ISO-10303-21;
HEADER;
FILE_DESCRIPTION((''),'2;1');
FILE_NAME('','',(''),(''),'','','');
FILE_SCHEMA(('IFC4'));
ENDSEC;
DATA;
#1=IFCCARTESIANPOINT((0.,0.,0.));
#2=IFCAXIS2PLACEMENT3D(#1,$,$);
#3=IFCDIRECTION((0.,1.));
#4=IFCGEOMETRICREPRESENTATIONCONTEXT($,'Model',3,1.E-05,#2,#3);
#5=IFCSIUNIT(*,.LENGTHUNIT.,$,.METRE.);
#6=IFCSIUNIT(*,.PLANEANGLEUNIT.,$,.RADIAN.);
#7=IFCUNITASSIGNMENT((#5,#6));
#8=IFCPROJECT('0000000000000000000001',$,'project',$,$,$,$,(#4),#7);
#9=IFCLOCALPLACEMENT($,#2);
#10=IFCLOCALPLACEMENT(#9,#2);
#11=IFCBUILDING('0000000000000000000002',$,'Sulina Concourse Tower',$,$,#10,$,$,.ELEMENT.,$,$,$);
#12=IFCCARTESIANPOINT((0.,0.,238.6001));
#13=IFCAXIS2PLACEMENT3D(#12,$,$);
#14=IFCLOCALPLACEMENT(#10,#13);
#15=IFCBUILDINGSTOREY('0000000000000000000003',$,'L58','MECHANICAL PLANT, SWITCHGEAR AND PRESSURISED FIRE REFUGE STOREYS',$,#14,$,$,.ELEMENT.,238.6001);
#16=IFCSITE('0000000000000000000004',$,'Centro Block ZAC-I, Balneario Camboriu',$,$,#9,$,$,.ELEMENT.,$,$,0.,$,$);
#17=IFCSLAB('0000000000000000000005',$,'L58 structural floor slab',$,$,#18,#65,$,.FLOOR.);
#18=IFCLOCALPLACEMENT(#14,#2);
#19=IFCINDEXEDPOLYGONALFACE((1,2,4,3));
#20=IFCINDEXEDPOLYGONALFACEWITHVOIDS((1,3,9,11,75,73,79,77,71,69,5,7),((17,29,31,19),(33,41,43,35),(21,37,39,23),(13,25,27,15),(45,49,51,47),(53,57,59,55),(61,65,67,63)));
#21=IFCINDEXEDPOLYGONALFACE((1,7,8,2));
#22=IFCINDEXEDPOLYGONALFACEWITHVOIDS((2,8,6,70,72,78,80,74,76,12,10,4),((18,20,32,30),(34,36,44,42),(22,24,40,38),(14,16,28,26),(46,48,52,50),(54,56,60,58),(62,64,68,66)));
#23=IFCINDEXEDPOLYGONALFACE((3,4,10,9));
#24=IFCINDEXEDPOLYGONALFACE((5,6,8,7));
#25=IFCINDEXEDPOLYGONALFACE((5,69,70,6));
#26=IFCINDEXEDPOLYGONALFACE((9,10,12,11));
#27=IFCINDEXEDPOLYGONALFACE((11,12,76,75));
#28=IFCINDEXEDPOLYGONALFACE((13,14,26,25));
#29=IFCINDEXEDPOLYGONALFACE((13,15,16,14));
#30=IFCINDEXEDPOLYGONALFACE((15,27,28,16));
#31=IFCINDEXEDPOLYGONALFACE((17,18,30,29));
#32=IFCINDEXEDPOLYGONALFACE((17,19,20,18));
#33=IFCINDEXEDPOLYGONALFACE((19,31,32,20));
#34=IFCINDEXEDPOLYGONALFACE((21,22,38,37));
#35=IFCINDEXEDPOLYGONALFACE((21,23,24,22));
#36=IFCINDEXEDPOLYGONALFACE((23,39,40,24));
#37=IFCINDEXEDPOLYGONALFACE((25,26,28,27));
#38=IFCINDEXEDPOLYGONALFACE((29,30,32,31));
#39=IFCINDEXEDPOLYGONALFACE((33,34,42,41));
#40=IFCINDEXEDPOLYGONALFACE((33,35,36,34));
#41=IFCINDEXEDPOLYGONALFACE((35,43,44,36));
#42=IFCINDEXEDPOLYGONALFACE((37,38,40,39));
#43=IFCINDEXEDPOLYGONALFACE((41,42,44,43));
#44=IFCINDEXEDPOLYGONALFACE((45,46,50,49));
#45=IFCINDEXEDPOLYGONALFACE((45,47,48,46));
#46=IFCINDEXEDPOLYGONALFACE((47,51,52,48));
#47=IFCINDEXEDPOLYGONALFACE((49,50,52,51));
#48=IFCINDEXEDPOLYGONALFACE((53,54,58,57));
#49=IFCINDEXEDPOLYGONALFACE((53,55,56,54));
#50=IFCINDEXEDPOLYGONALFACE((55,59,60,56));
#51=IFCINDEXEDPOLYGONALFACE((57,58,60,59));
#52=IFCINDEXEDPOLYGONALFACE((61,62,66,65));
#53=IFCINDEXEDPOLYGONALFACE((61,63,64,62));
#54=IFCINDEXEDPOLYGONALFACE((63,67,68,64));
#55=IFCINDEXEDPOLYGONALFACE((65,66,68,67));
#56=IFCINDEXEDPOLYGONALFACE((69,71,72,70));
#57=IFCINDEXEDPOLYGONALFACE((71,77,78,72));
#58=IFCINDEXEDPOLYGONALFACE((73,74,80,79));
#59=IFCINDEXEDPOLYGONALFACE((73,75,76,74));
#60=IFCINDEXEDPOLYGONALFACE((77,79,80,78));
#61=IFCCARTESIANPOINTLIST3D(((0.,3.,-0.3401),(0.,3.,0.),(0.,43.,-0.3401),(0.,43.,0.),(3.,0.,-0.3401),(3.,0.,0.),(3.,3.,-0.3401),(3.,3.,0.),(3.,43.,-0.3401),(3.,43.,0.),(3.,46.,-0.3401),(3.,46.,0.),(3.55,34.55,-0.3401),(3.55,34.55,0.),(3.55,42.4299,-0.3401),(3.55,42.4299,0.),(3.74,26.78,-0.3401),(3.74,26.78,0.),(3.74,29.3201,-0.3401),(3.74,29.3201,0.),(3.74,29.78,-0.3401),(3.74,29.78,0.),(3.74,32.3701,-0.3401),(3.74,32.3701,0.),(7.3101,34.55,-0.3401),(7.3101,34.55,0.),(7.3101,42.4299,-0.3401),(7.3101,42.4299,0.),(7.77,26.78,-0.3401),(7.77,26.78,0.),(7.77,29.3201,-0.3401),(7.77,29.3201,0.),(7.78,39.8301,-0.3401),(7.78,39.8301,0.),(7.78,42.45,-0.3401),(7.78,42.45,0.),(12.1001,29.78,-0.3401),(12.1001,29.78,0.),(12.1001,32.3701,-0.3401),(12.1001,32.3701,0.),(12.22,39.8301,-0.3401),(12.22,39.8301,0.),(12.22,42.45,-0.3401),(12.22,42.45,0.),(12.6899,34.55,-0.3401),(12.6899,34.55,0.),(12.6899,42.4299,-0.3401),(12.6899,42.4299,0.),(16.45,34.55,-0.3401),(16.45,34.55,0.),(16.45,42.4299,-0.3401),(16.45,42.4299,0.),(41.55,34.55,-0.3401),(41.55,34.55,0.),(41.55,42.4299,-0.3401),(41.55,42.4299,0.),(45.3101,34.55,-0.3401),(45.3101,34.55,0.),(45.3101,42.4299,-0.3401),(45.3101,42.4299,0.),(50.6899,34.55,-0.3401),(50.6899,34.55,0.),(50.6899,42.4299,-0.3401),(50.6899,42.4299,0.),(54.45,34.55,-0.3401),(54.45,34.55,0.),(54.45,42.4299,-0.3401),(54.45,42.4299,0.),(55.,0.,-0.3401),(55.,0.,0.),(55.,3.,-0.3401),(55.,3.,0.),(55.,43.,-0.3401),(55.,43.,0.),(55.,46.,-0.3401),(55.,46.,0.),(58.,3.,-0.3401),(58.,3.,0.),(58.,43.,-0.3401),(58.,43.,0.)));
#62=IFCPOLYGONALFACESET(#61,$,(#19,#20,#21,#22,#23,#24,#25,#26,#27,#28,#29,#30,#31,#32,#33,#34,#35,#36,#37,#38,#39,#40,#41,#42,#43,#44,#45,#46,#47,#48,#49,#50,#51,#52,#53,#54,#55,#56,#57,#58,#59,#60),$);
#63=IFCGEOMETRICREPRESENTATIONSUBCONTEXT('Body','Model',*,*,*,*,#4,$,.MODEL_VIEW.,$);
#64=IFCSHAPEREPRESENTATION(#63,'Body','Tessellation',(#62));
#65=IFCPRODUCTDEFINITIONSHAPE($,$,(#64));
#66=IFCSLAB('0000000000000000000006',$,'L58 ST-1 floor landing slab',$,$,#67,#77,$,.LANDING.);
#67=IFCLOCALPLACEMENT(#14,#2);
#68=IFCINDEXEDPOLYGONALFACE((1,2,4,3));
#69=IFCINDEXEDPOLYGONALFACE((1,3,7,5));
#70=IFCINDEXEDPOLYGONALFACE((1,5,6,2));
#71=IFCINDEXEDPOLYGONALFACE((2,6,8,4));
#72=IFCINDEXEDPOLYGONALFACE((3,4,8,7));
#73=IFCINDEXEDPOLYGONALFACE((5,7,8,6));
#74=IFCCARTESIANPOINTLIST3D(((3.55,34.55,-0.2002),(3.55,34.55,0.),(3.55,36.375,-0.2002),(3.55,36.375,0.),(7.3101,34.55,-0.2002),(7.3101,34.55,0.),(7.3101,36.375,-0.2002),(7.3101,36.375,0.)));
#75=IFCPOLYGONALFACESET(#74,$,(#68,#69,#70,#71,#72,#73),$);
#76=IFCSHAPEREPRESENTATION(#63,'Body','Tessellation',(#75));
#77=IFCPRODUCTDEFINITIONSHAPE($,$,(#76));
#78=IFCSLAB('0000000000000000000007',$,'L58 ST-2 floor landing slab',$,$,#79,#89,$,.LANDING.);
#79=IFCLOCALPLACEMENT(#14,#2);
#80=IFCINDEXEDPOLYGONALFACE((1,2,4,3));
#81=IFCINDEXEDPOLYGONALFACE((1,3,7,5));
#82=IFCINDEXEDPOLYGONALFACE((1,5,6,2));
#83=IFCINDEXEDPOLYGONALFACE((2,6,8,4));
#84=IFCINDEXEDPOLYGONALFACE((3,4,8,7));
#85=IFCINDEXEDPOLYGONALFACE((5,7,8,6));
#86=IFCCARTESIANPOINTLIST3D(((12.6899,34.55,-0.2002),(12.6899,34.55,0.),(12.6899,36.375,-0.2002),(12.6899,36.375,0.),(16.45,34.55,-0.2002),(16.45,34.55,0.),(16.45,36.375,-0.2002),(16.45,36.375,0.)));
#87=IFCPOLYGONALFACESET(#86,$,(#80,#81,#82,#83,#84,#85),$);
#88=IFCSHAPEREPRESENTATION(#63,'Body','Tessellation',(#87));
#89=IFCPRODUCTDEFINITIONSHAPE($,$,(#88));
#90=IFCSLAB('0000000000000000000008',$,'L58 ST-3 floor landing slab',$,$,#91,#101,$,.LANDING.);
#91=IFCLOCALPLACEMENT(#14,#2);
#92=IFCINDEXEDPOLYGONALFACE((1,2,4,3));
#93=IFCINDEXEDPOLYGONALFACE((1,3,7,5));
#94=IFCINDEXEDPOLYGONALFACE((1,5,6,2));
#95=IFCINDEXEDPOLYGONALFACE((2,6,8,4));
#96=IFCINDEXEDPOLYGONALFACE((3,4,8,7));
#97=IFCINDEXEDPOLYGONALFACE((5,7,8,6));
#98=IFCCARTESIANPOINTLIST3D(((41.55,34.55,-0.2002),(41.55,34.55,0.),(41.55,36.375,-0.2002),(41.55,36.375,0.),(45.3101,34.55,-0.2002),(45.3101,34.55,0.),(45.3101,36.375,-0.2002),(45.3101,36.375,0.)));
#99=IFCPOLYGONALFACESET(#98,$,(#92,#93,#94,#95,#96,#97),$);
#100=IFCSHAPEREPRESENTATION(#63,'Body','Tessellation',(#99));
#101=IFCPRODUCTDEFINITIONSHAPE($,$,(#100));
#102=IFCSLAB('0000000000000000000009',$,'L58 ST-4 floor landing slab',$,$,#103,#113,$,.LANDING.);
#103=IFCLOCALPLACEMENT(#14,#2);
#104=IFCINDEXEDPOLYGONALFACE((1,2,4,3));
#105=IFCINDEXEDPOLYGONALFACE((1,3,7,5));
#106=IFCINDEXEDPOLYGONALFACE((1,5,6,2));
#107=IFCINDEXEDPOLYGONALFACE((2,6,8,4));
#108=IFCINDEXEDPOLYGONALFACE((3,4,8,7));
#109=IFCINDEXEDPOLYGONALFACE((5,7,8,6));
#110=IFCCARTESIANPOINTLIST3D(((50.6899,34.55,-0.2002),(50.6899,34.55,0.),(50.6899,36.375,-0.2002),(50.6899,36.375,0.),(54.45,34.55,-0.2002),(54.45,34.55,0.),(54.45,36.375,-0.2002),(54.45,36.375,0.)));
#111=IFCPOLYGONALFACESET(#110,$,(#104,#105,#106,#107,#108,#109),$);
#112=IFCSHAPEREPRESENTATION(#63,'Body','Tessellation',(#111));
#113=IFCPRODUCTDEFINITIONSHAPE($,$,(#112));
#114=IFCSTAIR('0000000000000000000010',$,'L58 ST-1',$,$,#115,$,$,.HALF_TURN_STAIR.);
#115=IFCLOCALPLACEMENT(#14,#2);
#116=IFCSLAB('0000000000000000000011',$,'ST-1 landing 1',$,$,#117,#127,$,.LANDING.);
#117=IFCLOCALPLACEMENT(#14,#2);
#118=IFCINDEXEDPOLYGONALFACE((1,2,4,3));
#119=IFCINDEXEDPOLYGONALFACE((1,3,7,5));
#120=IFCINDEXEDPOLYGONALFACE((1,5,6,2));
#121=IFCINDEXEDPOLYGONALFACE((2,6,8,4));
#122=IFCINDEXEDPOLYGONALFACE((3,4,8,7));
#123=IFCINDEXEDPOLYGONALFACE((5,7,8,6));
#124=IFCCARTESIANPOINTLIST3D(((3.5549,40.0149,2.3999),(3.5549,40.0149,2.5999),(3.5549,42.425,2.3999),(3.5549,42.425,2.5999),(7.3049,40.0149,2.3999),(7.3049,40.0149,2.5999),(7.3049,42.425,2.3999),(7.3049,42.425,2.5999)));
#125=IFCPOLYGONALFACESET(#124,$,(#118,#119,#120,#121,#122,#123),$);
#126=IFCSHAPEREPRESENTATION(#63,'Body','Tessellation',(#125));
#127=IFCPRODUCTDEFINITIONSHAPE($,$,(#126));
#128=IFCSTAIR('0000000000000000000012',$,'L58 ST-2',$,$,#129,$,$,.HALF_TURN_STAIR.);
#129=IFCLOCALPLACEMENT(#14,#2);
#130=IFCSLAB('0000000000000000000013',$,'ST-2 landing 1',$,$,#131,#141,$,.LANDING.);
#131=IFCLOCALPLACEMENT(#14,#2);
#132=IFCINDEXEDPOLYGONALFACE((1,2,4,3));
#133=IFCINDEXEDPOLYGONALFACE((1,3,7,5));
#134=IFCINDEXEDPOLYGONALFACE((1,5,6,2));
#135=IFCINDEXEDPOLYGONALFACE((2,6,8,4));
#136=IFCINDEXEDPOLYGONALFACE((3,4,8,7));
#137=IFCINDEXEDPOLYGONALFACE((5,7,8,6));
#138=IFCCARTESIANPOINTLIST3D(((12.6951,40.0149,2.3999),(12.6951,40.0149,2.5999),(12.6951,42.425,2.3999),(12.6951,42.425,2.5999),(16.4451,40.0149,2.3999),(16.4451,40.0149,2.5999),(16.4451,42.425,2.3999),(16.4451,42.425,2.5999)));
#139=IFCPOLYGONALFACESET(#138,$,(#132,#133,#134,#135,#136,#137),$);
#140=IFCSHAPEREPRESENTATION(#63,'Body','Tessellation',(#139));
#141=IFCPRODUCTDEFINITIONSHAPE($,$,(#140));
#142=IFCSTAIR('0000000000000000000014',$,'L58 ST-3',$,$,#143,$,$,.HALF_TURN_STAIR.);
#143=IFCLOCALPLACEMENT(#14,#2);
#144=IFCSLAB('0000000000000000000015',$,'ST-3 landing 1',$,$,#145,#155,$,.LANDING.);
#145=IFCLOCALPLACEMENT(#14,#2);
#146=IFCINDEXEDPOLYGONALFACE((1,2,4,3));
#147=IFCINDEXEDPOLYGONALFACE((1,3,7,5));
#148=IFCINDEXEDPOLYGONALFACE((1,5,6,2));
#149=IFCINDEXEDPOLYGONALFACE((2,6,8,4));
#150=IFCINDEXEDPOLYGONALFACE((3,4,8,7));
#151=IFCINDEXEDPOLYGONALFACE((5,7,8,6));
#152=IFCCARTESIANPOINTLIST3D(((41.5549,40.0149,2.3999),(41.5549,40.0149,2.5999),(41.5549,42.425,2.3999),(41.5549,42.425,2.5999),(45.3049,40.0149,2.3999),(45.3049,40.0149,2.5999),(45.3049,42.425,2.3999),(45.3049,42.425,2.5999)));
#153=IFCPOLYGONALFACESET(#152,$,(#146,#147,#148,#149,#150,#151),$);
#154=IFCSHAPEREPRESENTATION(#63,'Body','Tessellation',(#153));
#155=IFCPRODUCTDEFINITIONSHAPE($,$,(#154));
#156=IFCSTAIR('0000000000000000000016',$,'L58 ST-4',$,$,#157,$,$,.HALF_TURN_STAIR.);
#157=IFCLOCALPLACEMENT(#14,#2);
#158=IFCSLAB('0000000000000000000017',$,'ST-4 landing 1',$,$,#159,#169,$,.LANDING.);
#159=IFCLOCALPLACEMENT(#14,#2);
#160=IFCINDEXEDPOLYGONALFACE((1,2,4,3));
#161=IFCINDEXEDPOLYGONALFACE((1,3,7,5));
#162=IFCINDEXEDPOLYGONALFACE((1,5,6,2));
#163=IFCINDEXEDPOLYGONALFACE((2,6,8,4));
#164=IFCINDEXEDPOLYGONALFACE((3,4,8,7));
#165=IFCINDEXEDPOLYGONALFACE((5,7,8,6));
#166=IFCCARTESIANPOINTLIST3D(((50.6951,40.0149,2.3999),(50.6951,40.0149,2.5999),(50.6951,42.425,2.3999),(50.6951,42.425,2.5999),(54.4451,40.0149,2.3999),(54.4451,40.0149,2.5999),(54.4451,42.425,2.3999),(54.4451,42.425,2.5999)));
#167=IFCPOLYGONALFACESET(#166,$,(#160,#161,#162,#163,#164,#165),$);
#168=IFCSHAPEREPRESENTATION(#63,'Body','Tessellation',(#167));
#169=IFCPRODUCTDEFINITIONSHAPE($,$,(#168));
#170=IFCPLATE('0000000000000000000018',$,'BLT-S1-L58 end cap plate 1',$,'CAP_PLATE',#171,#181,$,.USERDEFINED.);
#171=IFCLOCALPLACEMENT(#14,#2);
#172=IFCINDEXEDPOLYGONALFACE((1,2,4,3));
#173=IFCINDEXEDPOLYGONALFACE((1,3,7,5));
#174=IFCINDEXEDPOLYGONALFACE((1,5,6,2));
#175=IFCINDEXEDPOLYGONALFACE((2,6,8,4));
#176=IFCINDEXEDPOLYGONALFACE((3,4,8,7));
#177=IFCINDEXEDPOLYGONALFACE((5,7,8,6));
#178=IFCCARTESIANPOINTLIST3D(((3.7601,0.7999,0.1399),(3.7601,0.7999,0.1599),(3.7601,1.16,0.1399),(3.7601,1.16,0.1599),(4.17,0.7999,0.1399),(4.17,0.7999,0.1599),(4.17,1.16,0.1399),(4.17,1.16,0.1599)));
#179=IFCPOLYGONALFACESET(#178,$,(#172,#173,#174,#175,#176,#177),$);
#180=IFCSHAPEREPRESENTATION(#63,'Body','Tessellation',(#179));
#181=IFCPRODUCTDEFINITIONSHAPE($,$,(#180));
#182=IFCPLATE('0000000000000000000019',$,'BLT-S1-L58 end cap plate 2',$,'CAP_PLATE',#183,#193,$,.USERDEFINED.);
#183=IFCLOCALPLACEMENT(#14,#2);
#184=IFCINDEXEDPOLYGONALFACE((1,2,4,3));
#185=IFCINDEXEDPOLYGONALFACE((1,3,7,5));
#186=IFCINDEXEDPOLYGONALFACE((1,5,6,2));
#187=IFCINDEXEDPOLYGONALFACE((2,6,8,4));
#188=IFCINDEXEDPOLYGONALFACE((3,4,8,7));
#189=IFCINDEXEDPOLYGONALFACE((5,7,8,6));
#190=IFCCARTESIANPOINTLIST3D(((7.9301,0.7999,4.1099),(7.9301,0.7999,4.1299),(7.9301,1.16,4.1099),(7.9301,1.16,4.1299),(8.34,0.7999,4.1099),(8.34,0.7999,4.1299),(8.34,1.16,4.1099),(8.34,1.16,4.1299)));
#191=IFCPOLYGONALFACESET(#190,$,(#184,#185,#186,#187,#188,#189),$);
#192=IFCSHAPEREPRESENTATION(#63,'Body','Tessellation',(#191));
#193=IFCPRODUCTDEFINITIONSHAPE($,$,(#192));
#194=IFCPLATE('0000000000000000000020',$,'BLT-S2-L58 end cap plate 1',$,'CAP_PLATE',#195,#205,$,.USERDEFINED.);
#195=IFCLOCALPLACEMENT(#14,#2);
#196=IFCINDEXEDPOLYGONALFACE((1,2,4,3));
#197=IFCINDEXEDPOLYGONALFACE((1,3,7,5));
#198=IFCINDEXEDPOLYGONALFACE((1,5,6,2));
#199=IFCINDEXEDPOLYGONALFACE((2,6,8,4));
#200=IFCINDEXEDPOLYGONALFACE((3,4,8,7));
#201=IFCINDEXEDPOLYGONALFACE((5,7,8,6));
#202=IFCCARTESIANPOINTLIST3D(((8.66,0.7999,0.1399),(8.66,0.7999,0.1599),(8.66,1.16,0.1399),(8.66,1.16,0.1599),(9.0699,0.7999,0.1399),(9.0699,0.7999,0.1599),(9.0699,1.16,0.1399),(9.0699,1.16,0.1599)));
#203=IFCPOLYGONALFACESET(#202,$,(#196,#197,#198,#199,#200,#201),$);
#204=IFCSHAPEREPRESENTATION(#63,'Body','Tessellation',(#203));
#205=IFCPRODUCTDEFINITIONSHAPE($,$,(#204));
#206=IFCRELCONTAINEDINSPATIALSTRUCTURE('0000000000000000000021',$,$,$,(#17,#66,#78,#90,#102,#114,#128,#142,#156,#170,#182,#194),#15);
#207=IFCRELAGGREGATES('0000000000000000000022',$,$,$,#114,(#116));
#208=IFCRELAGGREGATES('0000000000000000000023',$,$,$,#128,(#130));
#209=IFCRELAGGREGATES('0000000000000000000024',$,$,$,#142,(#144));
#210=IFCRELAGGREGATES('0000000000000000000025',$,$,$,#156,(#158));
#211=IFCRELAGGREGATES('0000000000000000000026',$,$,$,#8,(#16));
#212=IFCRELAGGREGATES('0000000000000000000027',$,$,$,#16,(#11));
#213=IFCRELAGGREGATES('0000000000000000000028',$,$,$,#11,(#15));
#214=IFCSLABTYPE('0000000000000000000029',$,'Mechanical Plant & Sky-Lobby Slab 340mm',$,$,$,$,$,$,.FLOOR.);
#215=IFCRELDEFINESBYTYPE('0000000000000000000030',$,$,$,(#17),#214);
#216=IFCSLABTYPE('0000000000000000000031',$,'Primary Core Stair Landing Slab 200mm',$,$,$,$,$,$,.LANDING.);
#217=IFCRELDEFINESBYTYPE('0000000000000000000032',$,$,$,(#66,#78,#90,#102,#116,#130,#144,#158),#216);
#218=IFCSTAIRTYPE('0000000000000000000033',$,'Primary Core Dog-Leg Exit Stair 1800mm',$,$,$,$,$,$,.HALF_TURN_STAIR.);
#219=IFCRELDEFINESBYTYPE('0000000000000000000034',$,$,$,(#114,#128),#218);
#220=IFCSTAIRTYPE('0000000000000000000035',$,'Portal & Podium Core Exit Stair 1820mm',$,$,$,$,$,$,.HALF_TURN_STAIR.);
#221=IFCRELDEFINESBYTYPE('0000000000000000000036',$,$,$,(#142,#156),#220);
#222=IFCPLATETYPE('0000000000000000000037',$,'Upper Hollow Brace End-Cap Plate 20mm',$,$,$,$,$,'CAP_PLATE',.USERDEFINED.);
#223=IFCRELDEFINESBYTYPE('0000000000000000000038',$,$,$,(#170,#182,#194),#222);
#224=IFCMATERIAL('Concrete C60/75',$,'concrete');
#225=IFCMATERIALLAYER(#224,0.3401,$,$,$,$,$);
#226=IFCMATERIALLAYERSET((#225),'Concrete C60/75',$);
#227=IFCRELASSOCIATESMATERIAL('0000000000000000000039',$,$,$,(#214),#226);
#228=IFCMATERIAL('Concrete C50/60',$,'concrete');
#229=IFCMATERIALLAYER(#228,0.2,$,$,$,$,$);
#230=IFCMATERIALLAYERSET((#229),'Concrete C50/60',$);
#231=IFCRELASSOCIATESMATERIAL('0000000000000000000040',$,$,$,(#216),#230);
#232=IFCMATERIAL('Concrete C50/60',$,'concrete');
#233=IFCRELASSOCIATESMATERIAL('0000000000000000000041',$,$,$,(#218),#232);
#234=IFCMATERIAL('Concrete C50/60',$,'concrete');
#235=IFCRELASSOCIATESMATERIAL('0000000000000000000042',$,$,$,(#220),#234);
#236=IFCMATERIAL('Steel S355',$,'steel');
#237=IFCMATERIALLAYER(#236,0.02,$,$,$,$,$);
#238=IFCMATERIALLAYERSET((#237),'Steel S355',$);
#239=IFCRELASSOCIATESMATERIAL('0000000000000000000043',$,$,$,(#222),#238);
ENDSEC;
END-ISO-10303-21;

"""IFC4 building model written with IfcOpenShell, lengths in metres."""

from ifc_helpers import new_model, si_unit, direction, frame, origin, origin_2d, place, context, subcontext, project, spatial, polyline, rectangle, outline, extrude, material, layer, layer_set, type_object, element, aggregate, save


model = new_model("IFC4")

# Units and contexts
model_context = context("Model", 3, precision=1e-05, world=origin(), true_north=direction((0.0, 1.0)))
body_context = subcontext(model_context, "Body", "Model", "MODEL_VIEW")
ifc_project = project(units=[si_unit("LENGTHUNIT", "METRE"), si_unit("PLANEANGLEUNIT", "RADIAN")], contexts=[model_context])

# Site, building, storey
site_placement = place(None, origin())
site = spatial("IfcSite", under=ifc_project, at=site_placement, Name="Centro Block ZAC-I, Balneario Camboriu", CompositionType="ELEMENT", RefElevation=0.0)
building_placement = place(site_placement, origin())
building = spatial("IfcBuilding", under=site, at=building_placement, Name="Sulina Concourse Tower", CompositionType="ELEMENT")
storey_placement = place(building_placement, frame((0.0, 0.0, 238.6001)))
storey = spatial("IfcBuildingStorey", under=building, at=storey_placement, Name="L58", Description="MECHANICAL PLANT, SWITCHGEAR AND PRESSURISED FIRE REFUGE STOREYS", CompositionType="ELEMENT", Elevation=238.6001)

# Slabs
ifc_material_1 = material(Name="Concrete C60/75", Category="concrete")
ifc_layer_1 = layer(ifc_material_1, 0.3401)
ifc_layer_set_1 = layer_set([ifc_layer_1], Name="Concrete C60/75")
slab_type_1 = type_object("IfcSlabType", Name="Mechanical Plant & Sky-Lobby Slab 340mm", PredefinedType="FLOOR", material=ifc_layer_set_1)
slab_1_placement = place(storey_placement, frame((0.0, 0.0, -0.3401)))
element("IfcSlab", 1, at=slab_1_placement, inside=storey, type_object=slab_type_1, Name="L58 structural floor slab", PredefinedType="FLOOR", context=body_context, shape_type="SweptSolid", body=[
    extrude(outline(polyline([(3.0, 0.0), (55.0, 0.0), (55.0, 3.0), (58.0, 3.0), (58.0, 43.0), (55.0, 43.0), (55.0, 46.0), (3.0, 46.0), (3.0, 43.0), (0.0, 43.0), (0.0, 3.0), (3.0, 3.0), (3.0, 0.0)]), holes=[polyline([(7.3101, 34.55), (7.3101, 42.4299), (3.55, 42.4299), (3.55, 34.55), (7.3101, 34.55)]), polyline([(16.45, 34.55), (16.45, 42.4299), (12.6899, 42.4299), (12.6899, 34.55), (16.45, 34.55)]), polyline([(45.3101, 34.55), (45.3101, 42.4299), (41.55, 42.4299), (41.55, 34.55), (45.3101, 34.55)]), polyline([(54.45, 34.55), (54.45, 42.4299), (50.6899, 42.4299), (50.6899, 34.55), (54.45, 34.55)]), polyline([(7.78, 39.8301), (12.22, 39.8301), (12.22, 42.45), (7.78, 42.45), (7.78, 39.8301)]), polyline([(3.74, 26.78), (7.77, 26.78), (7.77, 29.3201), (3.74, 29.3201), (3.74, 26.78)]), polyline([(3.74, 29.78), (12.1001, 29.78), (12.1001, 32.3701), (3.74, 32.3701), (3.74, 29.78)])]), origin(), (0.0, 0.0, 1.0), 0.3401),
])
ifc_material_2 = material(Name="Concrete C50/60", Category="concrete")
ifc_layer_2 = layer(ifc_material_2, 0.2)
ifc_layer_set_2 = layer_set([ifc_layer_2], Name="Concrete C50/60")
slab_type_2 = type_object("IfcSlabType", Name="Primary Core Stair Landing Slab 200mm", PredefinedType="LANDING", material=ifc_layer_set_2)
slab_2_placement = place(storey_placement, frame((0.0, 0.0, -0.2002)))
element("IfcSlab", 2, at=slab_2_placement, inside=storey, type_object=slab_type_2, Name="L58 ST-1 floor landing slab", PredefinedType="LANDING", context=body_context, shape_type="SweptSolid", body=[
    extrude(outline(polyline([(7.3101, 34.55), (7.3101, 36.375), (3.55, 36.375), (3.55, 34.55), (7.3101, 34.55)])), origin(), (0.0, 0.0, 1.0), 0.2002),
])
slab_3_placement = place(storey_placement, frame((0.0, 0.0, -0.2002)))
element("IfcSlab", 3, at=slab_3_placement, inside=storey, type_object=slab_type_2, Name="L58 ST-2 floor landing slab", PredefinedType="LANDING", context=body_context, shape_type="SweptSolid", body=[
    extrude(outline(polyline([(16.45, 34.55), (16.45, 36.375), (12.6899, 36.375), (12.6899, 34.55), (16.45, 34.55)])), origin(), (0.0, 0.0, 1.0), 0.2002),
])
slab_4_placement = place(storey_placement, frame((0.0, 0.0, -0.2002)))
element("IfcSlab", 4, at=slab_4_placement, inside=storey, type_object=slab_type_2, Name="L58 ST-3 floor landing slab", PredefinedType="LANDING", context=body_context, shape_type="SweptSolid", body=[
    extrude(outline(polyline([(45.3101, 34.55), (45.3101, 36.375), (41.55, 36.375), (41.55, 34.55), (45.3101, 34.55)])), origin(), (0.0, 0.0, 1.0), 0.2002),
])
slab_5_placement = place(storey_placement, frame((0.0, 0.0, -0.2002)))
element("IfcSlab", 5, at=slab_5_placement, inside=storey, type_object=slab_type_2, Name="L58 ST-4 floor landing slab", PredefinedType="LANDING", context=body_context, shape_type="SweptSolid", body=[
    extrude(outline(polyline([(54.45, 34.55), (54.45, 36.375), (50.6899, 36.375), (50.6899, 34.55), (54.45, 34.55)])), origin(), (0.0, 0.0, 1.0), 0.2002),
])

# Stairs, slabs
ifc_material_3 = material(Name="Concrete C50/60", Category="concrete")
stair_type_1 = type_object("IfcStairType", Name="Primary Core Dog-Leg Exit Stair 1800mm", PredefinedType="HALF_TURN_STAIR", material=ifc_material_3)
stair_1_placement = place(storey_placement, origin())
stair_1 = element("IfcStair", 6, at=stair_1_placement, inside=storey, type_object=stair_type_1, Name="L58 ST-1", PredefinedType="HALF_TURN_STAIR")
slab_6_placement = place(storey_placement, frame((0.0, 0.0, 2.3999)))
slab_6 = element("IfcSlab", 7, at=slab_6_placement, type_object=slab_type_2, Name="ST-1 landing 1", PredefinedType="LANDING", context=body_context, shape_type="SweptSolid", body=[
    extrude(outline(polyline([(7.3049, 40.0149), (7.3049, 42.425), (3.5549, 42.425), (3.5549, 40.0149), (7.3049, 40.0149)])), origin(), (0.0, 0.0, 1.0), 0.2),
])
aggregate(stair_1, [slab_6])
stair_2_placement = place(storey_placement, origin())
stair_2 = element("IfcStair", 8, at=stair_2_placement, inside=storey, type_object=stair_type_1, Name="L58 ST-2", PredefinedType="HALF_TURN_STAIR")
slab_7_placement = place(storey_placement, frame((0.0, 0.0, 2.3999)))
slab_7 = element("IfcSlab", 9, at=slab_7_placement, type_object=slab_type_2, Name="ST-2 landing 1", PredefinedType="LANDING", context=body_context, shape_type="SweptSolid", body=[
    extrude(outline(polyline([(16.4451, 40.0149), (16.4451, 42.425), (12.6951, 42.425), (12.6951, 40.0149), (16.4451, 40.0149)])), origin(), (0.0, 0.0, 1.0), 0.2),
])
aggregate(stair_2, [slab_7])
ifc_material_4 = material(Name="Concrete C50/60", Category="concrete")
stair_type_2 = type_object("IfcStairType", Name="Portal & Podium Core Exit Stair 1820mm", PredefinedType="HALF_TURN_STAIR", material=ifc_material_4)
stair_3_placement = place(storey_placement, origin())
stair_3 = element("IfcStair", 10, at=stair_3_placement, inside=storey, type_object=stair_type_2, Name="L58 ST-3", PredefinedType="HALF_TURN_STAIR")
slab_8_placement = place(storey_placement, frame((0.0, 0.0, 2.3999)))
slab_8 = element("IfcSlab", 11, at=slab_8_placement, type_object=slab_type_2, Name="ST-3 landing 1", PredefinedType="LANDING", context=body_context, shape_type="SweptSolid", body=[
    extrude(outline(polyline([(45.3049, 40.0149), (45.3049, 42.425), (41.5549, 42.425), (41.5549, 40.0149), (45.3049, 40.0149)])), origin(), (0.0, 0.0, 1.0), 0.2),
])
aggregate(stair_3, [slab_8])
stair_4_placement = place(storey_placement, origin())
stair_4 = element("IfcStair", 12, at=stair_4_placement, inside=storey, type_object=stair_type_2, Name="L58 ST-4", PredefinedType="HALF_TURN_STAIR")
slab_9_placement = place(storey_placement, frame((0.0, 0.0, 2.3999)))
slab_9 = element("IfcSlab", 13, at=slab_9_placement, type_object=slab_type_2, Name="ST-4 landing 1", PredefinedType="LANDING", context=body_context, shape_type="SweptSolid", body=[
    extrude(outline(polyline([(54.4451, 40.0149), (54.4451, 42.425), (50.6951, 42.425), (50.6951, 40.0149), (54.4451, 40.0149)])), origin(), (0.0, 0.0, 1.0), 0.2),
])
aggregate(stair_4, [slab_9])

# Plates
ifc_material_5 = material(Name="Steel S355", Category="steel")
ifc_layer_3 = layer(ifc_material_5, 0.02)
ifc_layer_set_3 = layer_set([ifc_layer_3], Name="Steel S355")
plate_type_1 = type_object("IfcPlateType", Name="Upper Hollow Brace End-Cap Plate 20mm", ElementType="CAP_PLATE", PredefinedType="USERDEFINED", material=ifc_layer_set_3)
for number, where, z_axis, x_axis, name in (
    (14, (3.9651, 0.98, 0.1399), (0.0, 0.0, 1.0), (1.0, 0.0, 0.0), "BLT-S1-L58 end cap plate 1"),
    (15, (8.135, 0.98, 4.1099), (0.0, 0.0, 1.0), (1.0, 0.0, 0.0), "BLT-S1-L58 end cap plate 2"),
    (16, (8.865, 0.98, 0.1399), (0.0, 0.0, 1.0), (1.0, 0.0, 0.0), "BLT-S2-L58 end cap plate 1"),
):
    element("IfcPlate", number, at=place(storey_placement, frame(where, z_axis=z_axis, x_axis=x_axis)), inside=storey, type_object=plate_type_1, Name=name, ObjectType="CAP_PLATE", PredefinedType="USERDEFINED", context=body_context, shape_type="SweptSolid", body=[
        extrude(rectangle(XDim=0.4099, YDim=0.3601, at=origin_2d()), origin(), (0.0, 0.0, 1.0), 0.02),
    ])

save(model, "model.ifc")
